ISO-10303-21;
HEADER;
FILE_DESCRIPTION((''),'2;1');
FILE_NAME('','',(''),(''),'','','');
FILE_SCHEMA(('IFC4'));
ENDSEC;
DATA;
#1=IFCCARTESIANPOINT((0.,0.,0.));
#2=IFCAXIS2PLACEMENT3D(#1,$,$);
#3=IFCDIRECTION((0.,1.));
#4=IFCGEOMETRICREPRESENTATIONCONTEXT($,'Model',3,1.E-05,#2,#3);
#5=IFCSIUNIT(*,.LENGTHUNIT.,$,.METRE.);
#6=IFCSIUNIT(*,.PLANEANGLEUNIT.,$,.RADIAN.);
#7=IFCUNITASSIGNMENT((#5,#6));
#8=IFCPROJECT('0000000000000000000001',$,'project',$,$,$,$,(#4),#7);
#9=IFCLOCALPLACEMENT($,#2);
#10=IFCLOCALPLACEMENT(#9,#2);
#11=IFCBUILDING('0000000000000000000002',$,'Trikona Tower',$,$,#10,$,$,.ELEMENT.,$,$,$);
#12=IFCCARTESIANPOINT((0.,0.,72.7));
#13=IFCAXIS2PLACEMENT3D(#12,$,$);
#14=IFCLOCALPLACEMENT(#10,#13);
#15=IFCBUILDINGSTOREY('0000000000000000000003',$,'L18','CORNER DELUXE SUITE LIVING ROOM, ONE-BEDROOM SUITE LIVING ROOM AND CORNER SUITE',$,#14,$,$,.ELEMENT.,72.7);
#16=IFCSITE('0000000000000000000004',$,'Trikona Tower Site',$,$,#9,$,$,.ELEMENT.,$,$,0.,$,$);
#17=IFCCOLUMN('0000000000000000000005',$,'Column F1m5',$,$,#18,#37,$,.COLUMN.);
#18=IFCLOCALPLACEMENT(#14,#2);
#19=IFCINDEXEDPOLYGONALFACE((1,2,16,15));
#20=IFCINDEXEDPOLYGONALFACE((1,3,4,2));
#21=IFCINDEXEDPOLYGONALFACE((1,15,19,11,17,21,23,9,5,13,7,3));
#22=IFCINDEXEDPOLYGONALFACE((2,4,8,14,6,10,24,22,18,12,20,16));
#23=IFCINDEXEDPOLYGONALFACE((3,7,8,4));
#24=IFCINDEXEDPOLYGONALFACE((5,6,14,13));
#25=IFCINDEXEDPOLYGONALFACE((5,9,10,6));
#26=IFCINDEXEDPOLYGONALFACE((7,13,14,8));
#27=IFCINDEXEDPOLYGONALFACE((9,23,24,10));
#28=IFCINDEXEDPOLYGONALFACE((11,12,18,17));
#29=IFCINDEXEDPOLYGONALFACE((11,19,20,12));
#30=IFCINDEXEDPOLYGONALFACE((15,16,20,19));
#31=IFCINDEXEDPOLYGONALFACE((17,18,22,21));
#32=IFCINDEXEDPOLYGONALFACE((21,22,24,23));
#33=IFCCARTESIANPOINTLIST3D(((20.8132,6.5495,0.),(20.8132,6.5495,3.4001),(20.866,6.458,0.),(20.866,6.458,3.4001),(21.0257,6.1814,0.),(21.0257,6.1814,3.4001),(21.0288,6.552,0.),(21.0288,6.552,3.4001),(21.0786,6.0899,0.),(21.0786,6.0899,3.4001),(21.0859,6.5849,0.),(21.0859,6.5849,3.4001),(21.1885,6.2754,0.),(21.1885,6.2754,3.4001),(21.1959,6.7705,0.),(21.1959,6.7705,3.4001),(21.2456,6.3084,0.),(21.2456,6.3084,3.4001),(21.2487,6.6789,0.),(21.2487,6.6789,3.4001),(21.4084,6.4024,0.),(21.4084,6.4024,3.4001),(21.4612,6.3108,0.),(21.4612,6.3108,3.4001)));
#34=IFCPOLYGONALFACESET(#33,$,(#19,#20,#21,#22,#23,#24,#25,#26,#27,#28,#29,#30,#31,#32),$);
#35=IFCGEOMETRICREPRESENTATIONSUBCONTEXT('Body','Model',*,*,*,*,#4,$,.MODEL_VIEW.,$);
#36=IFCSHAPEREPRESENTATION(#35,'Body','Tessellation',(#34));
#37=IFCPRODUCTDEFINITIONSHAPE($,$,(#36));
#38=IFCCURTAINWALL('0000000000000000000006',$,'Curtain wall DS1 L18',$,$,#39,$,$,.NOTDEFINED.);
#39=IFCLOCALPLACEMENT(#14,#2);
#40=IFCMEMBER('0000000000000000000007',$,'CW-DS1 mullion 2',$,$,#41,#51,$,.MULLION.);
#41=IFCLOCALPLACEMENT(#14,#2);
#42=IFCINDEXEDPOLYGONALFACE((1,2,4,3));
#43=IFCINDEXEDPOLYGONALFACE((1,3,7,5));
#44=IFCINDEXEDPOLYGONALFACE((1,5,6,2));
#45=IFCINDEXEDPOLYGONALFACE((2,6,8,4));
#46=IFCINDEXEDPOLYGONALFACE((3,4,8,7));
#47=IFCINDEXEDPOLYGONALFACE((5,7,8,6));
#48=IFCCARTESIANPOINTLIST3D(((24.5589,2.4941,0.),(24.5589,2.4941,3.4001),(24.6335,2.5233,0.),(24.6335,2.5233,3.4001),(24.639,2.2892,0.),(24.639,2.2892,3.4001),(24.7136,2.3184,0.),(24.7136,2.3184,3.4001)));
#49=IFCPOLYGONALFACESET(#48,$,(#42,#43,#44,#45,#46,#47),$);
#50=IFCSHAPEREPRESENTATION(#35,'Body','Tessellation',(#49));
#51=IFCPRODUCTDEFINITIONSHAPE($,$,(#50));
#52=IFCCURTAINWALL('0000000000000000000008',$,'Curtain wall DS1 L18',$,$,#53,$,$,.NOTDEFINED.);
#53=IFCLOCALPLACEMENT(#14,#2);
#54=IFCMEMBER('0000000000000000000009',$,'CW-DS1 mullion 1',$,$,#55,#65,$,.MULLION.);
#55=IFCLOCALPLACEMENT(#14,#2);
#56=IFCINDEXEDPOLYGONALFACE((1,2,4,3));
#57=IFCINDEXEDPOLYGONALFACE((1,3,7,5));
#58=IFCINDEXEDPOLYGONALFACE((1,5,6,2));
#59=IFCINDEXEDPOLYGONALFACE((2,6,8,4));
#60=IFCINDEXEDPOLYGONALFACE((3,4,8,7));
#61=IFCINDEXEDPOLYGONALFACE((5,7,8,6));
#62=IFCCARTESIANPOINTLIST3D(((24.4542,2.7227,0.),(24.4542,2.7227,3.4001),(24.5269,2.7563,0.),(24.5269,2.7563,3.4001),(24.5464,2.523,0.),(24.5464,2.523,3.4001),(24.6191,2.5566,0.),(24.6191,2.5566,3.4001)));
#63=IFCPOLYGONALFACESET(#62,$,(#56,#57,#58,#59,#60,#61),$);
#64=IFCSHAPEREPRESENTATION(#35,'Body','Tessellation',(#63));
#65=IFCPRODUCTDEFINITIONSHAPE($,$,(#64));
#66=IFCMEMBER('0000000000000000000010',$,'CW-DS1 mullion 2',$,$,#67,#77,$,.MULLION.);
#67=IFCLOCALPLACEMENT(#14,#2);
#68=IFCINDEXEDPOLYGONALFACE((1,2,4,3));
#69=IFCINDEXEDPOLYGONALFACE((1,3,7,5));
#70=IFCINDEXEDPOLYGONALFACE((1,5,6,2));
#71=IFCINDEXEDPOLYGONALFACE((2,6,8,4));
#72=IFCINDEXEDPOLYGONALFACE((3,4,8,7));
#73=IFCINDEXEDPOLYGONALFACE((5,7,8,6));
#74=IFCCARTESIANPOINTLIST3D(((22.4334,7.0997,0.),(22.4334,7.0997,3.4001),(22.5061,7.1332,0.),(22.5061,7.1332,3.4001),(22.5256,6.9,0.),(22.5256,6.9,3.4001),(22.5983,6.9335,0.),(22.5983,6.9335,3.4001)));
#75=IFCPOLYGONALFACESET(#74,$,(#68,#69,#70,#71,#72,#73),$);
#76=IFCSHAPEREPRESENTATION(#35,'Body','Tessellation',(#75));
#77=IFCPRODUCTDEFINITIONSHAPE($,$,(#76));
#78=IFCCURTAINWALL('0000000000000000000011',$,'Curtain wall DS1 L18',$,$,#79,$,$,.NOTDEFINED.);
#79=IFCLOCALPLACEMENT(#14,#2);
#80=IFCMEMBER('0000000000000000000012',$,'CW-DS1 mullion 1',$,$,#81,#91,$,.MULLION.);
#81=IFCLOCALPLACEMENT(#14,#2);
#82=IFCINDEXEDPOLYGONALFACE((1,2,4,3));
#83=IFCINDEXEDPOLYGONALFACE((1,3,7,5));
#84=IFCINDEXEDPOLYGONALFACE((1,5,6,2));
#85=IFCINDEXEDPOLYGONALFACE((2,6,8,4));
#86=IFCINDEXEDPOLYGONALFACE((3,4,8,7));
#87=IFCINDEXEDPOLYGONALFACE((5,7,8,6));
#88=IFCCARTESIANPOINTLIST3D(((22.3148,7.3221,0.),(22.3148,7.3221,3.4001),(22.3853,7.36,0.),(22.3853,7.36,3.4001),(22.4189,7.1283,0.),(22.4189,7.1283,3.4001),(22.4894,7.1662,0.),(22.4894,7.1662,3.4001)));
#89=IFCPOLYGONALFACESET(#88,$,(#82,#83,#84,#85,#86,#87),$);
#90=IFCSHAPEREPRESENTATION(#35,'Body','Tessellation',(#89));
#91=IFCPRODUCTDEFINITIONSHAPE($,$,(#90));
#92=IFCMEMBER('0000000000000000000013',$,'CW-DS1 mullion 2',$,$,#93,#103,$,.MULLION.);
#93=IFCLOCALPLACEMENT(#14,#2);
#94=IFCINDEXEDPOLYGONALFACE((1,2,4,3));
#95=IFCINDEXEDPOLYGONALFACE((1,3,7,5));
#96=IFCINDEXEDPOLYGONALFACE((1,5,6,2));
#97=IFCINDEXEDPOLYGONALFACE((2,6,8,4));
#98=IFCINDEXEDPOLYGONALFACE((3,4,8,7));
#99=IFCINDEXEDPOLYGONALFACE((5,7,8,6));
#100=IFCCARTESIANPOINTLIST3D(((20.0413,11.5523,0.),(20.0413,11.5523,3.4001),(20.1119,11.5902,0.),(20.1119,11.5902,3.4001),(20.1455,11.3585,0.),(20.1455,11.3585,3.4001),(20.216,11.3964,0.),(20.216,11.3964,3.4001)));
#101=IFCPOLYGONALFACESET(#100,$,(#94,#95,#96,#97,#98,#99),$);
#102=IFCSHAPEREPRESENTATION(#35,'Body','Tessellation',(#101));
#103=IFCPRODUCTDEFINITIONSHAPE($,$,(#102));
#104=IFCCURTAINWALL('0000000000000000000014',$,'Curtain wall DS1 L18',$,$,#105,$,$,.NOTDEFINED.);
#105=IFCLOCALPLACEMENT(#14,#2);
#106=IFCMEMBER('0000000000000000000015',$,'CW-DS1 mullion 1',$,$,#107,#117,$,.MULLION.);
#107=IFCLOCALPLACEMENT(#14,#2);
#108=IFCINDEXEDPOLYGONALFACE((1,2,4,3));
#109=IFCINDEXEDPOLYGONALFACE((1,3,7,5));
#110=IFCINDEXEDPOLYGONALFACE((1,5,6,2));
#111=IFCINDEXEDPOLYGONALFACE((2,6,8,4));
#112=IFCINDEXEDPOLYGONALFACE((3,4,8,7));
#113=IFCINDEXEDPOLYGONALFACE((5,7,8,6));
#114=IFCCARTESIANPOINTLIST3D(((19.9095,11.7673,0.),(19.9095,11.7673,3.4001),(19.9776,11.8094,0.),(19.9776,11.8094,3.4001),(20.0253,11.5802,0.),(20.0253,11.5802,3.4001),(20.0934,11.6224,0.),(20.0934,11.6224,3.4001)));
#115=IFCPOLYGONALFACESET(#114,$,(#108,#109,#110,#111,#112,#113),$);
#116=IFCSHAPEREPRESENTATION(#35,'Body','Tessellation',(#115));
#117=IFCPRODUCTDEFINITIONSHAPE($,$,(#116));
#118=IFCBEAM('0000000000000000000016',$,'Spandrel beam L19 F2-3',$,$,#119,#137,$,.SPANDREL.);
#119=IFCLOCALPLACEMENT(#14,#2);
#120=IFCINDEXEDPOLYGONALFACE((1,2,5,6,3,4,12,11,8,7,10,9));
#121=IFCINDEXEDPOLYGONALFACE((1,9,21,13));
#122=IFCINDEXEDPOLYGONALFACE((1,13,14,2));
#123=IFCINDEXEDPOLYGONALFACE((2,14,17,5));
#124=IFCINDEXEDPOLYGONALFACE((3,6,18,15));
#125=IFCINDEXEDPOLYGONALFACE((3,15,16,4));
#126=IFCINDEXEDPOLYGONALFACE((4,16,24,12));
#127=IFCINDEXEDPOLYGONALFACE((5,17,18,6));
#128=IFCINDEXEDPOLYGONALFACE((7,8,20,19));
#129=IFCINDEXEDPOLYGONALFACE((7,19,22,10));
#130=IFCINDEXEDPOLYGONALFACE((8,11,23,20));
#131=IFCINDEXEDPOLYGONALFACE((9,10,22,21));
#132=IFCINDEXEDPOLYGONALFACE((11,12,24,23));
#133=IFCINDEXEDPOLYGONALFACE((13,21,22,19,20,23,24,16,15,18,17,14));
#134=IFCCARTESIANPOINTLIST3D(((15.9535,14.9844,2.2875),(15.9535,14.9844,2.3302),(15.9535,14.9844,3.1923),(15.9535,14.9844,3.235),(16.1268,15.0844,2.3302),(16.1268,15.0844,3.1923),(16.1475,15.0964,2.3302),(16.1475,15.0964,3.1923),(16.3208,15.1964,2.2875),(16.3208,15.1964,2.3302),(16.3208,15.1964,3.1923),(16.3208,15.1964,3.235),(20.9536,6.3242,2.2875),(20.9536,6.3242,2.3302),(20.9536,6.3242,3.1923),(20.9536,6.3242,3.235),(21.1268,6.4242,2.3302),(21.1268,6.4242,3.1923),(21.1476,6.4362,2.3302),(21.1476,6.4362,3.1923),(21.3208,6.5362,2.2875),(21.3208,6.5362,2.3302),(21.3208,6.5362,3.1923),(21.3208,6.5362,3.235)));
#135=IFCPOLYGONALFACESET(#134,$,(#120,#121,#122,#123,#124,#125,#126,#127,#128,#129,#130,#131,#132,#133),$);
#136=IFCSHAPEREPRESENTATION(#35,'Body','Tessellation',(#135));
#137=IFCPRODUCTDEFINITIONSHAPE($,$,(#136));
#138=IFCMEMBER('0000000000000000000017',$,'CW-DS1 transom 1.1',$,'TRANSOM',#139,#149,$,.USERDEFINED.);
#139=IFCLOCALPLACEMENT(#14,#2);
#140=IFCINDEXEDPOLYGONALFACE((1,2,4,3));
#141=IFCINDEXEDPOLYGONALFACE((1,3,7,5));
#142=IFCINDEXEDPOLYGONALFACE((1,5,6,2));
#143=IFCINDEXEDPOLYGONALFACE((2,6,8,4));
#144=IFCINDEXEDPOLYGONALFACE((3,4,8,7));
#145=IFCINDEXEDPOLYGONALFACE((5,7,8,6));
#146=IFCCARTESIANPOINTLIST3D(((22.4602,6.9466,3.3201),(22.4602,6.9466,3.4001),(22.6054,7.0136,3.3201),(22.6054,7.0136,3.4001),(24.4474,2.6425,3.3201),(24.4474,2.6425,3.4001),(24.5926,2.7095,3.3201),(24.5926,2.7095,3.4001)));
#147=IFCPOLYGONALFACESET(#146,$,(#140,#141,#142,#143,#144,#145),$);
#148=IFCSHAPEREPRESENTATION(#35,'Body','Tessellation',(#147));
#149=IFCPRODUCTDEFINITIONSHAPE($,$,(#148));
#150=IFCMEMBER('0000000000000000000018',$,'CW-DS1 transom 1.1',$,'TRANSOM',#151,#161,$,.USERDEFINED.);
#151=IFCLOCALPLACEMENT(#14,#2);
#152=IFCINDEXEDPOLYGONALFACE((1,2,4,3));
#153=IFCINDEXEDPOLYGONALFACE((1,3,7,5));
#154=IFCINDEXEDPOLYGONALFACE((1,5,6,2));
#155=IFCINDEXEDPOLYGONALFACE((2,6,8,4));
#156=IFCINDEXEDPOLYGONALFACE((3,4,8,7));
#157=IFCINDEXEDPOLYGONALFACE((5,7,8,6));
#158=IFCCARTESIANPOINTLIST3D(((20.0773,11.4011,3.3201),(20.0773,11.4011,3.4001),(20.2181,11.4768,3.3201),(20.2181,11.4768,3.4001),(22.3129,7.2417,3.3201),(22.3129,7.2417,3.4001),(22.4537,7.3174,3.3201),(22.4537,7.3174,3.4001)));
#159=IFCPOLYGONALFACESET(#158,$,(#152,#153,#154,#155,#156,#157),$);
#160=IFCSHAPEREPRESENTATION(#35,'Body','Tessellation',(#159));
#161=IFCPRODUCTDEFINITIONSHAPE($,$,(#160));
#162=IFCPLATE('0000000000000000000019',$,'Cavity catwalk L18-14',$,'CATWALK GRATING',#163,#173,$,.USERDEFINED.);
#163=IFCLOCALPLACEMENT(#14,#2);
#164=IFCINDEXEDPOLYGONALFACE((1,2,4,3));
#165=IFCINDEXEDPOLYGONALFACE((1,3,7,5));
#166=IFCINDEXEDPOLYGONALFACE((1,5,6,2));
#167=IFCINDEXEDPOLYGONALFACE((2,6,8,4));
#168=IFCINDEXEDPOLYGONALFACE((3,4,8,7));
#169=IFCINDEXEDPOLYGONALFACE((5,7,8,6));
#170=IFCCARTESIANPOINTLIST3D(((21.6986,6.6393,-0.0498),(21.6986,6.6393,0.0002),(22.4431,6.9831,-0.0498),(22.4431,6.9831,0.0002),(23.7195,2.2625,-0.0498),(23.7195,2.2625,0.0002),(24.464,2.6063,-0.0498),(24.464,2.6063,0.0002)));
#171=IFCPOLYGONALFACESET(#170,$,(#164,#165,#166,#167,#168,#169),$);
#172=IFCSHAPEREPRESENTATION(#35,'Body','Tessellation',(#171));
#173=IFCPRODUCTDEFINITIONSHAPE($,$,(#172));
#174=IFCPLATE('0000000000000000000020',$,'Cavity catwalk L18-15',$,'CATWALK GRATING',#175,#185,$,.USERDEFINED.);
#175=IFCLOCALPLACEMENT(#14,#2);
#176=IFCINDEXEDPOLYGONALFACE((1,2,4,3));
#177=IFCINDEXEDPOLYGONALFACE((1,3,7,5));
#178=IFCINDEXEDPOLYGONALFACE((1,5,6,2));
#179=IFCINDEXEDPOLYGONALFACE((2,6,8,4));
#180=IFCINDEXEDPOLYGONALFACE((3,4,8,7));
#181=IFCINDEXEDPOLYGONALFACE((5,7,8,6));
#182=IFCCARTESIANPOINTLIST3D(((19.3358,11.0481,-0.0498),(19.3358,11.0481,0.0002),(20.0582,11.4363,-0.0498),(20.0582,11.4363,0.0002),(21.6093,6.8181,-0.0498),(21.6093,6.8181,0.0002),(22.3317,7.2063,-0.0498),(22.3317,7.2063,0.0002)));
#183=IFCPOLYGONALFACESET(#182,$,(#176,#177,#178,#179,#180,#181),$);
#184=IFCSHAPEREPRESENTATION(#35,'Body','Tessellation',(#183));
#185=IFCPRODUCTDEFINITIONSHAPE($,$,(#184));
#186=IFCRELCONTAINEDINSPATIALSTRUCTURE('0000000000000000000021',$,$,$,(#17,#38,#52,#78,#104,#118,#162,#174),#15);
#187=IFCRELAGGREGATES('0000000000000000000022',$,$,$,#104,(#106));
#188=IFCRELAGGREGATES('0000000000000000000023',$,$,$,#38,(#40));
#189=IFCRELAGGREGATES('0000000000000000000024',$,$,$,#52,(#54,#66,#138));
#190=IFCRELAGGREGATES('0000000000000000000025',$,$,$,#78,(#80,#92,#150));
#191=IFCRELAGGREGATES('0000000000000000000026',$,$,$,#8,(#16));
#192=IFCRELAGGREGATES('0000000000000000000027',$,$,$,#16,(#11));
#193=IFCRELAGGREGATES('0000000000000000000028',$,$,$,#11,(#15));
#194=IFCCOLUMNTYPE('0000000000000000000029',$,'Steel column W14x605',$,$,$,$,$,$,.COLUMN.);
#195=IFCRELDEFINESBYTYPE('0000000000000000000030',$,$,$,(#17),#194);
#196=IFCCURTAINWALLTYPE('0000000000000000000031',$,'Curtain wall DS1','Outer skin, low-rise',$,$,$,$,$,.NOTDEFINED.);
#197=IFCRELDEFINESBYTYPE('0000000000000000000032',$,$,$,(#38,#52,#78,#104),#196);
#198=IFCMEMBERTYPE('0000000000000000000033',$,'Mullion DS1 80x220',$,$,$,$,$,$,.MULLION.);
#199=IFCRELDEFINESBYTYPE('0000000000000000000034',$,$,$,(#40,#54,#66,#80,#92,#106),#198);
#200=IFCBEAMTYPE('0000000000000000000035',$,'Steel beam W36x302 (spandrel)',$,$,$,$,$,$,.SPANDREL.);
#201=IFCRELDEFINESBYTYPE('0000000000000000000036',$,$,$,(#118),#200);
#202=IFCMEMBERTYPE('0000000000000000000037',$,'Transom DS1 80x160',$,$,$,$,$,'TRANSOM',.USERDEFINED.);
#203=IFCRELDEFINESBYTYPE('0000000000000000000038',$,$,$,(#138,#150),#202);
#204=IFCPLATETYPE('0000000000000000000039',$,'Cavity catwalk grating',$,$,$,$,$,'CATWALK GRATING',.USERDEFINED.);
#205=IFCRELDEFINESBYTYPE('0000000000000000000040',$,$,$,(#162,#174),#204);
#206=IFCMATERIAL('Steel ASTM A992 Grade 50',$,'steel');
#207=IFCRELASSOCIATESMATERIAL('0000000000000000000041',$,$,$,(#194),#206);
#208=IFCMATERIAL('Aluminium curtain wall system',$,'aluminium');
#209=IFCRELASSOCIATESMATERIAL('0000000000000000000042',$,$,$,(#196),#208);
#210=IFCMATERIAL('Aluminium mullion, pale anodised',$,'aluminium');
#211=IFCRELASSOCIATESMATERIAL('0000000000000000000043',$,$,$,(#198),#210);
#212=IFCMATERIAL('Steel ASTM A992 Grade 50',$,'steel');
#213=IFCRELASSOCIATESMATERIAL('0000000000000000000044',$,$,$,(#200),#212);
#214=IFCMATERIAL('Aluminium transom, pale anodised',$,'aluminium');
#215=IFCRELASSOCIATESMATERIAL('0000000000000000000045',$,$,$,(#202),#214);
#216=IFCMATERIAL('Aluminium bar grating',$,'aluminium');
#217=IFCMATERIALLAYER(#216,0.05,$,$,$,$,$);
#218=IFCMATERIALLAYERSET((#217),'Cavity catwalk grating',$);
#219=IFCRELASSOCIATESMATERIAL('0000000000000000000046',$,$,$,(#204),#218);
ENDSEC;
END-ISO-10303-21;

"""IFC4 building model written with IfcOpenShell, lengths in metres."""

from ifc_helpers import new_model, si_unit, direction, frame, origin, origin_2d, place, context, subcontext, project, spatial, rectangle, i_section, extrude, material, layer, layer_set, material_profile, profile_set, type_object, element, aggregate, save


model = new_model("IFC4")

# Units and contexts
model_context = context("Model", 3, precision=1e-05, world=origin(), true_north=direction((0.0, 1.0)))
body_context = subcontext(model_context, "Body", "Model", "MODEL_VIEW")
ifc_project = project(units=[si_unit("LENGTHUNIT", "METRE"), si_unit("PLANEANGLEUNIT", "RADIAN")], contexts=[model_context])

# Site, building, storey
site_placement = place(None, origin())
site = spatial("IfcSite", under=ifc_project, at=site_placement, Name="Trikona Tower Site", CompositionType="ELEMENT", RefElevation=0.0)
building_placement = place(site_placement, origin())
building = spatial("IfcBuilding", under=site, at=building_placement, Name="Trikona Tower", CompositionType="ELEMENT")
storey_placement = place(building_placement, frame((0.0, 0.0, 72.7)))
storey = spatial("IfcBuildingStorey", under=building, at=storey_placement, Name="L18", Description="CORNER DELUXE SUITE LIVING ROOM, ONE-BEDROOM SUITE LIVING ROOM AND CORNER SUITE", CompositionType="ELEMENT", Elevation=72.7)

# Column
ifc_material_1 = material(Name="Steel ASTM A992 Grade 50", Category="steel")
ifc_material_profile_1 = material_profile(ifc_material_1, i_section(OverallWidth=0.4419, OverallDepth=0.5308, WebThickness=0.0659, FlangeThickness=0.1057, at=origin_2d()), Name="W14X605")
ifc_profile_set_1 = profile_set([ifc_material_profile_1], Name="Steel ASTM A992 Grade 50")
column_type = type_object("IfcColumnType", Name="Steel column W14x605", PredefinedType="COLUMN", material=ifc_profile_set_1)
column_placement = place(storey_placement, frame((21.1372, 6.4302, 0.0), z_axis=(0.0, 0.0, 1.0), x_axis=(0.866025, 0.5, 0.0)))
element("IfcColumn", 1, at=column_placement, inside=storey, type_object=column_type, Name="Column F1m5", PredefinedType="COLUMN", context=body_context, shape_type="SweptSolid", body=[
    extrude(i_section(OverallWidth=0.4419, OverallDepth=0.5308, WebThickness=0.0659, FlangeThickness=0.1057, at=origin_2d()), origin(), (0.0, 0.0, 1.0), 3.4001),
])

# Curtain wall, member
ifc_material_2 = material(Name="Aluminium curtain wall system", Category="aluminium")
curtain_wall_type = type_object("IfcCurtainWallType", Name="Curtain wall DS1", Description="Outer skin, low-rise", PredefinedType="NOTDEFINED", material=ifc_material_2)
curtain_wall_1_placement = place(storey_placement, origin())
curtain_wall_1 = element("IfcCurtainWall", 2, at=curtain_wall_1_placement, inside=storey, type_object=curtain_wall_type, Name="Curtain wall DS1 L18", PredefinedType="NOTDEFINED")
ifc_material_3 = material(Name="Aluminium mullion, pale anodised", Category="aluminium")
ifc_material_profile_2 = material_profile(ifc_material_3, rectangle(XDim=0.0801, YDim=0.22, at=origin_2d()), Name="MUL-DS1")
ifc_profile_set_2 = profile_set([ifc_material_profile_2], Name="Aluminium mullion, pale anodised")
member_type_1 = type_object("IfcMemberType", Name="Mullion DS1 80x220", PredefinedType="MULLION", material=ifc_profile_set_2)
member_1_placement = place(storey_placement, frame((24.6362, 2.4062, 0.0), z_axis=(0.0, 0.0, 1.0), x_axis=(-0.931396, -0.364008, 0.0)))
member_1 = element("IfcMember", 3, at=member_1_placement, type_object=member_type_1, Name="CW-DS1 mullion 2", PredefinedType="MULLION", context=body_context, shape_type="SweptSolid", body=[
    extrude(rectangle(XDim=0.0801, YDim=0.22, at=origin_2d()), origin(), (0.0, 0.0, 1.0), 3.4001),
])

# Curtain walls, members
curtain_wall_2_placement = place(storey_placement, origin())
curtain_wall_2 = element("IfcCurtainWall", 4, at=curtain_wall_2_placement, inside=storey, type_object=curtain_wall_type, Name="Curtain wall DS1 L18", PredefinedType="NOTDEFINED")
member_2_placement = place(storey_placement, frame((24.5366, 2.6396, 0.0), z_axis=(0.0, 0.0, 1.0), x_axis=(-0.907898, -0.41919, 0.0)))
member_2 = element("IfcMember", 5, at=member_2_placement, type_object=member_type_1, Name="CW-DS1 mullion 1", PredefinedType="MULLION", context=body_context, shape_type="SweptSolid", body=[
    extrude(rectangle(XDim=0.0801, YDim=0.22, at=origin_2d()), origin(), (0.0, 0.0, 1.0), 3.4001),
])
member_3_placement = place(storey_placement, frame((22.5159, 7.0166, 0.0), z_axis=(0.0, 0.0, 1.0), x_axis=(-0.907898, -0.41919, 0.0)))
member_3 = element("IfcMember", 6, at=member_3_placement, type_object=member_type_1, Name="CW-DS1 mullion 2", PredefinedType="MULLION", context=body_context, shape_type="SweptSolid", body=[
    extrude(rectangle(XDim=0.0801, YDim=0.22, at=origin_2d()), origin(), (0.0, 0.0, 1.0), 3.4001),
])
curtain_wall_3_placement = place(storey_placement, origin())
curtain_wall_3 = element("IfcCurtainWall", 7, at=curtain_wall_3_placement, inside=storey, type_object=curtain_wall_type, Name="Curtain wall DS1 L18", PredefinedType="NOTDEFINED")
member_4_placement = place(storey_placement, frame((22.4021, 7.2441, 0.0), z_axis=(0.0, 0.0, 1.0), x_axis=(-0.880843, -0.473408, 0.0)))
member_4 = element("IfcMember", 8, at=member_4_placement, type_object=member_type_1, Name="CW-DS1 mullion 1", PredefinedType="MULLION", context=body_context, shape_type="SweptSolid", body=[
    extrude(rectangle(XDim=0.0801, YDim=0.22, at=origin_2d()), origin(), (0.0, 0.0, 1.0), 3.4001),
])
member_5_placement = place(storey_placement, frame((20.1287, 11.4744, 0.0), z_axis=(0.0, 0.0, 1.0), x_axis=(-0.880843, -0.473408, 0.0)))
member_5 = element("IfcMember", 9, at=member_5_placement, type_object=member_type_1, Name="CW-DS1 mullion 2", PredefinedType="MULLION", context=body_context, shape_type="SweptSolid", body=[
    extrude(rectangle(XDim=0.0801, YDim=0.22, at=origin_2d()), origin(), (0.0, 0.0, 1.0), 3.4001),
])

# Curtain wall, member
curtain_wall_4_placement = place(storey_placement, origin())
curtain_wall_4 = element("IfcCurtainWall", 10, at=curtain_wall_4_placement, inside=storey, type_object=curtain_wall_type, Name="Curtain wall DS1 L18", PredefinedType="NOTDEFINED")
member_6_placement = place(storey_placement, frame((20.0015, 11.6948, 0.0), z_axis=(0.0, 0.0, 1.0), x_axis=(-0.85041, -0.52612, 0.0)))
member_6 = element("IfcMember", 11, at=member_6_placement, type_object=member_type_1, Name="CW-DS1 mullion 1", PredefinedType="MULLION", context=body_context, shape_type="SweptSolid", body=[
    extrude(rectangle(XDim=0.0801, YDim=0.22, at=origin_2d()), origin(), (0.0, 0.0, 1.0), 3.4001),
])
aggregate(curtain_wall_4, [member_6])

# Beam
ifc_material_4 = material(Name="Steel ASTM A992 Grade 50", Category="steel")
ifc_material_profile_3 = material_profile(ifc_material_4, i_section(OverallWidth=0.4241, OverallDepth=0.9475, WebThickness=0.0239, FlangeThickness=0.0427, at=origin_2d()), Name="W36X302")
ifc_profile_set_3 = profile_set([ifc_material_profile_3], Name="Steel ASTM A992 Grade 50")
beam_type = type_object("IfcBeamType", Name="Steel beam W36x302 (spandrel)", PredefinedType="SPANDREL", material=ifc_profile_set_3)
beam_placement = place(storey_placement, frame((21.1372, 6.4302, 2.7612), z_axis=(-0.500004, 0.866023, 0.0), x_axis=(-0.866023, -0.500004, 0.0)))
element("IfcBeam", 12, at=beam_placement, inside=storey, type_object=beam_type, Name="Spandrel beam L19 F2-3", PredefinedType="SPANDREL", context=body_context, shape_type="SweptSolid", body=[
    extrude(i_section(OverallWidth=0.4241, OverallDepth=0.9475, WebThickness=0.0239, FlangeThickness=0.0427, at=origin_2d()), origin(), (0.0, 0.0, 1.0), 10.0),
])

# Members
ifc_material_5 = material(Name="Aluminium transom, pale anodised", Category="aluminium")
ifc_material_profile_4 = material_profile(ifc_material_5, rectangle(XDim=0.1599, YDim=0.0801, at=origin_2d()), Name="TRN-DS1")
ifc_profile_set_4 = profile_set([ifc_material_profile_4], Name="Aluminium transom, pale anodised")
member_type_2 = type_object("IfcMemberType", Name="Transom DS1 80x160", ElementType="TRANSOM", PredefinedType="USERDEFINED", material=ifc_profile_set_4)
member_7_placement = place(storey_placement, frame((24.52, 2.676, 3.3601), z_axis=(-0.419189, 0.907899, 0.0), x_axis=(-0.907899, -0.419189, 0.0)))
member_7 = element("IfcMember", 13, at=member_7_placement, type_object=member_type_2, Name="CW-DS1 transom 1.1", ObjectType="TRANSOM", PredefinedType="USERDEFINED", context=body_context, shape_type="SweptSolid", body=[
    extrude(rectangle(XDim=0.1599, YDim=0.0801, at=origin_2d()), origin(), (0.0, 0.0, 1.0), 4.7407),
])
member_8_placement = place(storey_placement, frame((22.3833, 7.2795, 3.3601), z_axis=(-0.473428, 0.880833, 0.0), x_axis=(-0.880833, -0.473428, 0.0)))
member_8 = element("IfcMember", 14, at=member_8_placement, type_object=member_type_2, Name="CW-DS1 transom 1.1", ObjectType="TRANSOM", PredefinedType="USERDEFINED", context=body_context, shape_type="SweptSolid", body=[
    extrude(rectangle(XDim=0.1599, YDim=0.0801, at=origin_2d()), origin(), (0.0, 0.0, 1.0), 4.7222),
])

# Plates
ifc_material_6 = material(Name="Aluminium bar grating", Category="aluminium")
ifc_layer_1 = layer(ifc_material_6, 0.05)
ifc_layer_set_1 = layer_set([ifc_layer_1], Name="Cavity catwalk grating")
plate_type_1 = type_object("IfcPlateType", Name="Cavity catwalk grating", ElementType="CATWALK GRATING", PredefinedType="USERDEFINED", material=ifc_layer_set_1)
plate_1_placement = place(storey_placement, frame((23.0813, 4.6228, -0.0498), z_axis=(0.0, 0.0, 1.0), x_axis=(-0.419194, 0.907897, 0.0)))
element("IfcPlate", 15, at=plate_1_placement, inside=storey, type_object=plate_type_1, Name="Cavity catwalk L18-14", ObjectType="CATWALK GRATING", PredefinedType="USERDEFINED", context=body_context, shape_type="SweptSolid", body=[
    extrude(rectangle(XDim=4.8208, YDim=0.8201, at=origin_2d()), origin(), (0.0, 0.0, 1.0), 0.05),
])
plate_2_placement = place(storey_placement, frame((20.8337, 9.1272, -0.0498), z_axis=(0.0, 0.0, 1.0), x_axis=(-0.473423, 0.880835, 0.0)))
element("IfcPlate", 16, at=plate_2_placement, inside=storey, type_object=plate_type_1, Name="Cavity catwalk L18-15", ObjectType="CATWALK GRATING", PredefinedType="USERDEFINED", context=body_context, shape_type="SweptSolid", body=[
    extrude(rectangle(XDim=4.8022, YDim=0.8201, at=origin_2d()), origin(), (0.0, 0.0, 1.0), 0.05),
])

aggregate(curtain_wall_1, [member_1])
aggregate(curtain_wall_2, [member_2, member_3, member_7])
aggregate(curtain_wall_3, [member_4, member_5, member_8])

save(model, "model.ifc")
